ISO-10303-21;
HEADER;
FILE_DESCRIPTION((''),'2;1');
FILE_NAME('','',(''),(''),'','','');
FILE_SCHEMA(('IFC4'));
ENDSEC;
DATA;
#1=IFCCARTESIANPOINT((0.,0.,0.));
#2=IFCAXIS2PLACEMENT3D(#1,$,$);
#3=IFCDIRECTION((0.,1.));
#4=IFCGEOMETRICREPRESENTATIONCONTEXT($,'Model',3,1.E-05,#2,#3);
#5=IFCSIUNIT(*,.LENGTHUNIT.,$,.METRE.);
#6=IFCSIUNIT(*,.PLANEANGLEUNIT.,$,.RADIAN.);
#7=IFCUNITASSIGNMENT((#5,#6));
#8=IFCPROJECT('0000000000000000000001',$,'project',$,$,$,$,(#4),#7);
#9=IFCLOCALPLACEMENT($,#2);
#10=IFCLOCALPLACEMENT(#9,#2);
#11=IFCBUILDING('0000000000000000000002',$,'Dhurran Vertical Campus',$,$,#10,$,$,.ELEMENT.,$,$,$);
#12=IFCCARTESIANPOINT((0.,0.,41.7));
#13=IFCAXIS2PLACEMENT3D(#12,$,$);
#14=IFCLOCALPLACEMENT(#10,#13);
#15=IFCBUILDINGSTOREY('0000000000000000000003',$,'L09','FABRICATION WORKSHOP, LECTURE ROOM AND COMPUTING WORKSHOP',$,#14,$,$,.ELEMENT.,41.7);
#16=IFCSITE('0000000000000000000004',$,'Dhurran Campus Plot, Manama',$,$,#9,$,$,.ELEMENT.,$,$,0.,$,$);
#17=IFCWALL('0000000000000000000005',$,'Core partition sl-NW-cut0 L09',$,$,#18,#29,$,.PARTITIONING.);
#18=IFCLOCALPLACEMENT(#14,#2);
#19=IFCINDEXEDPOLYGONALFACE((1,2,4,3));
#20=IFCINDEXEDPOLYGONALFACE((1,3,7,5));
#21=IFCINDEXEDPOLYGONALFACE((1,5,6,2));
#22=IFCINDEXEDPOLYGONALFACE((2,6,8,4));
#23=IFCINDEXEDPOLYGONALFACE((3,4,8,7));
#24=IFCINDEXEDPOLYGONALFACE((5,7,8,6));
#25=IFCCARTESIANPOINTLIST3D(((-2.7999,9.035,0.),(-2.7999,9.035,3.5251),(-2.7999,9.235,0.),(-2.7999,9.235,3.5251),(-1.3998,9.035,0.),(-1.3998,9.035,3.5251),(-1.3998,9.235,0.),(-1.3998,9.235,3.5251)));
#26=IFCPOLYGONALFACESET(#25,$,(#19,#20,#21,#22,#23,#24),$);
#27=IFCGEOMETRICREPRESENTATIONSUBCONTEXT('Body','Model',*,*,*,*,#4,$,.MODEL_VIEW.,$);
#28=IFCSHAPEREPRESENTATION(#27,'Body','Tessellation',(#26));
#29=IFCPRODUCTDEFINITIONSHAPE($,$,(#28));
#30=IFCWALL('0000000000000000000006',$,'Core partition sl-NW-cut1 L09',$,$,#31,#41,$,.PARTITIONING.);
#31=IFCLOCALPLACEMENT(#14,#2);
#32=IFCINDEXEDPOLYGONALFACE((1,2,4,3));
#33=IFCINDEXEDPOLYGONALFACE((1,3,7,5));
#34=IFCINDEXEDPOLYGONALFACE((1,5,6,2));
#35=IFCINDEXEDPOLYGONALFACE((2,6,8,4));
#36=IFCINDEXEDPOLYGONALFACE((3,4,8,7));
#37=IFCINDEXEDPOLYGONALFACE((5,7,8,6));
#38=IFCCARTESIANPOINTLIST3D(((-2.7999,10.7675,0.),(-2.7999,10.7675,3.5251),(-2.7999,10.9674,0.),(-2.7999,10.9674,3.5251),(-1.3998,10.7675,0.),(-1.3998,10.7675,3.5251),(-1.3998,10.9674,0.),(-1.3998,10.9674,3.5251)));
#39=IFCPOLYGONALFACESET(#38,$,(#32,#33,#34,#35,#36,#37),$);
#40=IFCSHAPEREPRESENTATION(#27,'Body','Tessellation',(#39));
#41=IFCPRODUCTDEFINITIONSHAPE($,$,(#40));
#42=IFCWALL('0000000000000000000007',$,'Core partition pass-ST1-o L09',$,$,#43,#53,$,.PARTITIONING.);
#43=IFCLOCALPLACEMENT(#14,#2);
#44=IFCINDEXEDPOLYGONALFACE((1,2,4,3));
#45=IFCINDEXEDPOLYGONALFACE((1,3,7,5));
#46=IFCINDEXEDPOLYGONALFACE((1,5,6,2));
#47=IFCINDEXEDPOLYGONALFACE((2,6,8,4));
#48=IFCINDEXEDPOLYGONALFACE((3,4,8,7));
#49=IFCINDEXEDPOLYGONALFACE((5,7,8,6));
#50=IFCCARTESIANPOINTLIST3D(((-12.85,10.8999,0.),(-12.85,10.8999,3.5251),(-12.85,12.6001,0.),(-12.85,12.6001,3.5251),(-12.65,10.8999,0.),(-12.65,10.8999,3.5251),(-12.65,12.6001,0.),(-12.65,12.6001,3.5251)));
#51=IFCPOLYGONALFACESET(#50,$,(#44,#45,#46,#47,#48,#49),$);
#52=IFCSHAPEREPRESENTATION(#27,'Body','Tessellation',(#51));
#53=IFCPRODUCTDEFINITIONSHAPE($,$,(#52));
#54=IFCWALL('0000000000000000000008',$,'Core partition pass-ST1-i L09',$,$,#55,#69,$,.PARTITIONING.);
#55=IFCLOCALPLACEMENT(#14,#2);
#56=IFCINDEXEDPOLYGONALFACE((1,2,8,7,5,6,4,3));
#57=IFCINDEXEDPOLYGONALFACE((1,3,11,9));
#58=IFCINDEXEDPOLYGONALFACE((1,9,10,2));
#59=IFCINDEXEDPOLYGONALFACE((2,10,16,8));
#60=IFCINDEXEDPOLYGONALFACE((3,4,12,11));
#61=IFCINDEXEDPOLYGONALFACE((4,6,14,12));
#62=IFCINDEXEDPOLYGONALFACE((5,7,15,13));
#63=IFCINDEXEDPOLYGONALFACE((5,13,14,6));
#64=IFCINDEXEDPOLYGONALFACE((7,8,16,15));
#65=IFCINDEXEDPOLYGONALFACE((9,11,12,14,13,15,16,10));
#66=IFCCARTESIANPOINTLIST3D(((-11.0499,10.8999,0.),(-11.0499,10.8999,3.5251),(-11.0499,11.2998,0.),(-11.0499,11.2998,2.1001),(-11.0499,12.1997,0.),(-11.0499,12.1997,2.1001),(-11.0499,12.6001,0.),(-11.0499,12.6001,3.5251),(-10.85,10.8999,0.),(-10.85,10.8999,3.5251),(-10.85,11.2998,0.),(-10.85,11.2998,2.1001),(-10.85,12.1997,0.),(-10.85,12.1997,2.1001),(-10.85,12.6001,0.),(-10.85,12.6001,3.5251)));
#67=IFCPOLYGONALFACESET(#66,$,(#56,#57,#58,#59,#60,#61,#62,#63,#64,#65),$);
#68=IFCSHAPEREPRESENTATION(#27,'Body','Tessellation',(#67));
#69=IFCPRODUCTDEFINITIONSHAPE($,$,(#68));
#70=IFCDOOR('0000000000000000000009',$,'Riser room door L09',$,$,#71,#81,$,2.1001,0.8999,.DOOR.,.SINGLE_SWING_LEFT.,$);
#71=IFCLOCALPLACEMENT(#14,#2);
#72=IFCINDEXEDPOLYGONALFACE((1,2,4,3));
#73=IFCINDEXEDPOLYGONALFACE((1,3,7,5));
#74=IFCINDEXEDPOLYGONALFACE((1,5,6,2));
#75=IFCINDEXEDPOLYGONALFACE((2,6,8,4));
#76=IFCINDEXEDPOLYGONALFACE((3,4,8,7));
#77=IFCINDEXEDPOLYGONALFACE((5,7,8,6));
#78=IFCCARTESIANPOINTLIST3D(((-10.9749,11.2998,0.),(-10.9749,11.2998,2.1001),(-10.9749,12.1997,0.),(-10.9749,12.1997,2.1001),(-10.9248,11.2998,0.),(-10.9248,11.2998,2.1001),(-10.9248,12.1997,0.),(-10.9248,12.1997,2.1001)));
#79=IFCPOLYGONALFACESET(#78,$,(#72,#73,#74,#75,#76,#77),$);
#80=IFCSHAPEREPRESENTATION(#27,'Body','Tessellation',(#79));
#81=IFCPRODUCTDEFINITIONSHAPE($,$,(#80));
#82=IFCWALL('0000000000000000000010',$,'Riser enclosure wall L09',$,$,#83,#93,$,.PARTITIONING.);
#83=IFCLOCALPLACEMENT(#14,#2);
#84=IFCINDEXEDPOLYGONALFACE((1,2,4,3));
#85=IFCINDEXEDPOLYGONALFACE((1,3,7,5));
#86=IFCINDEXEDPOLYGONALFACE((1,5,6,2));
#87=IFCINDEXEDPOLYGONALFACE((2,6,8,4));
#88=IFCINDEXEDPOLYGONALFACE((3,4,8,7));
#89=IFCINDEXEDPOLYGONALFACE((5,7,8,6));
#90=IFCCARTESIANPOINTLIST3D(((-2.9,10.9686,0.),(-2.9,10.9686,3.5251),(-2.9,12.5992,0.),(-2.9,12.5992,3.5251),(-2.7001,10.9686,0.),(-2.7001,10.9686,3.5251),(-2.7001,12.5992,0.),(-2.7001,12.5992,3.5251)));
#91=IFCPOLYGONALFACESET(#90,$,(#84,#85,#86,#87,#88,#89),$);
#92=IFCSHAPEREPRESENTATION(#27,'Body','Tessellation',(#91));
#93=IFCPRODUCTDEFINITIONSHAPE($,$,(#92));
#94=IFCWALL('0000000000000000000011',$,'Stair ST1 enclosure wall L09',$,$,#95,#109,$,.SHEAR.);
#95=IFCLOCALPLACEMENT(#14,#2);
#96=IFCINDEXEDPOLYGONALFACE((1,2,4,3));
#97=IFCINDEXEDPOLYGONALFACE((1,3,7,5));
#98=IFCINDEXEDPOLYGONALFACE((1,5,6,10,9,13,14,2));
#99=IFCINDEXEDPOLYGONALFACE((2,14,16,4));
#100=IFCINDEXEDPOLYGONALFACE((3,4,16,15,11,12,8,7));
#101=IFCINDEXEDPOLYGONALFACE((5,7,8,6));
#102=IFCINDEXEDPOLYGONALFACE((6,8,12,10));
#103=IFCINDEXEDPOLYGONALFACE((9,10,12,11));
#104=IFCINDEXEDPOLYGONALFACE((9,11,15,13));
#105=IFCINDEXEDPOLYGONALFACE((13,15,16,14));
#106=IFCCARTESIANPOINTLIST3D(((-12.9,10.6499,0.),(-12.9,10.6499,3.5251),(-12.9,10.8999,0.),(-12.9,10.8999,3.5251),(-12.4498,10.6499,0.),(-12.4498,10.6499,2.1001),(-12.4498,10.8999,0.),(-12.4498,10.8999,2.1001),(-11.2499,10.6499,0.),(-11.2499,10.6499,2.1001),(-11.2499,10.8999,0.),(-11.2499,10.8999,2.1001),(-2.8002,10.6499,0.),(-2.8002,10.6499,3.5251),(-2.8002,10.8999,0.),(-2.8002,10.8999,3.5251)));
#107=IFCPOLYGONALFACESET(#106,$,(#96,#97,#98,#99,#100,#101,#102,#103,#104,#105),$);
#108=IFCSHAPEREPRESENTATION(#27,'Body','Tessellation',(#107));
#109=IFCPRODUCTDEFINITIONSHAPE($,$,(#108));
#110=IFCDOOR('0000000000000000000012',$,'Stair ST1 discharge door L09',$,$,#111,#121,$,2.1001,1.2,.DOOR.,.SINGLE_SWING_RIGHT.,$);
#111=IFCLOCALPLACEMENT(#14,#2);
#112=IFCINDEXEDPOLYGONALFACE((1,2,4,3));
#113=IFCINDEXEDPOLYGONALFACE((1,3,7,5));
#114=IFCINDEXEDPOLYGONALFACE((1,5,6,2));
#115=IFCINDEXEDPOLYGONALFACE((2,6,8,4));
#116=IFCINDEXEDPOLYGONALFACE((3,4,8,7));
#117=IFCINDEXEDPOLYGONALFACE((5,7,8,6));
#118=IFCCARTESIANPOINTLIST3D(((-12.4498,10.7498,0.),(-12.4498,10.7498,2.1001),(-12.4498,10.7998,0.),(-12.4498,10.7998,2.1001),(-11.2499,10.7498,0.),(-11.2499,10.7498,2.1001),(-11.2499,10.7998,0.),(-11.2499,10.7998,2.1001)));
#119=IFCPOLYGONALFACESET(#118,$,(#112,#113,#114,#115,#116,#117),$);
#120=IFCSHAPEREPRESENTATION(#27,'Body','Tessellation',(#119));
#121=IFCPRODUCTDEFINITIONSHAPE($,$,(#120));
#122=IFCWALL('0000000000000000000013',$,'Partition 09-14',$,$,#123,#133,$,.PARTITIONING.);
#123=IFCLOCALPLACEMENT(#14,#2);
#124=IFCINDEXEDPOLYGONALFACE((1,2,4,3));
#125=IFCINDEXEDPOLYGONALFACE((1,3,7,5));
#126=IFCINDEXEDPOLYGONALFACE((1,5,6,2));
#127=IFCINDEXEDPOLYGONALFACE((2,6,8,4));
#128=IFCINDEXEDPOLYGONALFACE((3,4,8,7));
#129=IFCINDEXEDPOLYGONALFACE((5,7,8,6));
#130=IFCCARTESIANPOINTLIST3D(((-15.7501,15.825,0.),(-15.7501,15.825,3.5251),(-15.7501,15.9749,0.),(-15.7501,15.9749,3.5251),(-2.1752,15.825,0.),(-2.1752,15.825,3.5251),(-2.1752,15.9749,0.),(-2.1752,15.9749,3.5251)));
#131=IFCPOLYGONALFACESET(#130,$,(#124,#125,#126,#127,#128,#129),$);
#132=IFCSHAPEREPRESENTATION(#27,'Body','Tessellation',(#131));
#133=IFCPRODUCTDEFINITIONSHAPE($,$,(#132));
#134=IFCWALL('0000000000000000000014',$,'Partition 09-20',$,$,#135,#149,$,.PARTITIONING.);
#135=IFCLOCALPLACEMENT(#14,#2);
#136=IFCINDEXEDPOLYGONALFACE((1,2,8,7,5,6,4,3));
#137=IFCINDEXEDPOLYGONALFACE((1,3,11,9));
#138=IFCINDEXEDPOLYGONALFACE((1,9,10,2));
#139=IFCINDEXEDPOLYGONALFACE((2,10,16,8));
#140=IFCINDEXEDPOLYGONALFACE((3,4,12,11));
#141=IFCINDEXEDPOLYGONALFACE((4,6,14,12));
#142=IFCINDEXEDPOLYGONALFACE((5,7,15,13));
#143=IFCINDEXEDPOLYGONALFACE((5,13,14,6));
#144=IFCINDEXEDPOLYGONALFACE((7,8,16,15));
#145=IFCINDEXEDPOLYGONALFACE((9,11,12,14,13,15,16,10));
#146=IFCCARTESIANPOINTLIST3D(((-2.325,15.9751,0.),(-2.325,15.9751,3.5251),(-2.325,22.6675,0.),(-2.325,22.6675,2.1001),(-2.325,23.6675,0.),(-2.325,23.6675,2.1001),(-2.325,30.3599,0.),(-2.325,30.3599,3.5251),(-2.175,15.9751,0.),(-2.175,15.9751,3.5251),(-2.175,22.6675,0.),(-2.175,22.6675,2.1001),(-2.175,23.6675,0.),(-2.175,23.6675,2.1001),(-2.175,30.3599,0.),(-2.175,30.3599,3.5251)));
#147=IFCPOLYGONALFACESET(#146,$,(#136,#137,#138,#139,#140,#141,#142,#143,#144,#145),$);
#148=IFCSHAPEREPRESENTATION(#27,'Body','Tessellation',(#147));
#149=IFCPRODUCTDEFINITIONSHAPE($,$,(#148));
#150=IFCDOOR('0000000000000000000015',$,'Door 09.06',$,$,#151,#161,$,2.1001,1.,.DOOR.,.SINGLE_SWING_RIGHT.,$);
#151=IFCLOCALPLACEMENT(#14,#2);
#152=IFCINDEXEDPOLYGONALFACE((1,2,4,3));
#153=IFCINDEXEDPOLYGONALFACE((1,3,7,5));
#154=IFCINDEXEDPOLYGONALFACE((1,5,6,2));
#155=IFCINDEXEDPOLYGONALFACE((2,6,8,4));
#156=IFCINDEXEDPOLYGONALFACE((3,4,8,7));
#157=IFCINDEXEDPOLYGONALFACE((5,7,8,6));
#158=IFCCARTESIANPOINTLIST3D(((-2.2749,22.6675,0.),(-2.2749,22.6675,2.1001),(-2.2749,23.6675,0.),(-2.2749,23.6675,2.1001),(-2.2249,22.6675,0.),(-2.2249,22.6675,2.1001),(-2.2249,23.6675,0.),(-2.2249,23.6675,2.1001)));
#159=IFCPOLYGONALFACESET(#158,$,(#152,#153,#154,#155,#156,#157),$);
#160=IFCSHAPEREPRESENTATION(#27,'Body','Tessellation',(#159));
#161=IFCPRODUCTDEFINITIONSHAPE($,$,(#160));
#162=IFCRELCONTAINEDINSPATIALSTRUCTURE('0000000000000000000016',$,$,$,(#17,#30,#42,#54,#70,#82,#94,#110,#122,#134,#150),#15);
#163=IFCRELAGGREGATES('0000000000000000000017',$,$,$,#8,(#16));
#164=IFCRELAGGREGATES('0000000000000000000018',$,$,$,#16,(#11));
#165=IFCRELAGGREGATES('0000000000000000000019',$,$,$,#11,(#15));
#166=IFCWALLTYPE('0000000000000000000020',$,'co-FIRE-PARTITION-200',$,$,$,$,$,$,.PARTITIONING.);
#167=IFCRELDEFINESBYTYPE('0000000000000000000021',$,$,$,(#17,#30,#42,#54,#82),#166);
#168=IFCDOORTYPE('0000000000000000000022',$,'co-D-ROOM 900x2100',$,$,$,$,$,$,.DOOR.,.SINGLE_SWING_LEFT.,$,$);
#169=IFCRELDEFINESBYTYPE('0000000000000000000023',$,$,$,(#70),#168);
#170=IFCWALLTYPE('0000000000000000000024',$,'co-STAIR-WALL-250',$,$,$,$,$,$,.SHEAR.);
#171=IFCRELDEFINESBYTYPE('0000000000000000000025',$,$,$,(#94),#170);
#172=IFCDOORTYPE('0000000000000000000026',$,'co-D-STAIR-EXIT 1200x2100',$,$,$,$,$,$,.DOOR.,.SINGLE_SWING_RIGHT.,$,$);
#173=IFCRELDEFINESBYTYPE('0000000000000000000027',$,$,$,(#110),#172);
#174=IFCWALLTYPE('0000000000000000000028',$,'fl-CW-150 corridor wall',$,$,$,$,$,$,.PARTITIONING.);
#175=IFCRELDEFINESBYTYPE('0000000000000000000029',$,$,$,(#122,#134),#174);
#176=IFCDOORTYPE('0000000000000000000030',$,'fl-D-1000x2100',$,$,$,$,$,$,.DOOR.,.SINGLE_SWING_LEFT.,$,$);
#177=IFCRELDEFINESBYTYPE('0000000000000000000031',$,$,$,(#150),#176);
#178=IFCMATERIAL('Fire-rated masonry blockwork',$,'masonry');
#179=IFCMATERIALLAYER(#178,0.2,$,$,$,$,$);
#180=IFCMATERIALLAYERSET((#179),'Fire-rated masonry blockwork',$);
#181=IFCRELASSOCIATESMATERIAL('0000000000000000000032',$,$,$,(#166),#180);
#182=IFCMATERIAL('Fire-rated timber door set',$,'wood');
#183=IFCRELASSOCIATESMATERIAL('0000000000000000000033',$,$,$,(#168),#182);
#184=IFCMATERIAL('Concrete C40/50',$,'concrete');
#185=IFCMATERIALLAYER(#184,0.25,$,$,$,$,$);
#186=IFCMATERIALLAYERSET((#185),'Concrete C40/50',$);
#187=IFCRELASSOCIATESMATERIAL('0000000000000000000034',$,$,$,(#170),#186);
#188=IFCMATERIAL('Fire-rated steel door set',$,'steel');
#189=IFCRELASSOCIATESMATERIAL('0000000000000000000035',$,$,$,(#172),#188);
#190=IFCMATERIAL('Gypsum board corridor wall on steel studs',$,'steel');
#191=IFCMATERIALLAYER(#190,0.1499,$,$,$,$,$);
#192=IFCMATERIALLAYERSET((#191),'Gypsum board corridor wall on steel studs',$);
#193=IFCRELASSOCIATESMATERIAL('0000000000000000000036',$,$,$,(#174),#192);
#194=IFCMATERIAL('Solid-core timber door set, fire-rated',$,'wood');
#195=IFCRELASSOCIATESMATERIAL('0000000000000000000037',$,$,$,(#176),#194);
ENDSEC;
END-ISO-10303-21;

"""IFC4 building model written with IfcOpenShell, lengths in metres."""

from ifc_helpers import new_model, si_unit, direction, frame, frame_2d, origin, place, context, subcontext, project, spatial, rectangle, extrude, material, layer, layer_set, type_object, element, fill, save


model = new_model("IFC4")

# Units and contexts
model_context = context("Model", 3, precision=1e-05, world=origin(), true_north=direction((0.0, 1.0)))
body_context = subcontext(model_context, "Body", "Model", "MODEL_VIEW")
ifc_project = project(units=[si_unit("LENGTHUNIT", "METRE"), si_unit("PLANEANGLEUNIT", "RADIAN")], contexts=[model_context])

# Site, building, storey
site_placement = place(None, origin())
site = spatial("IfcSite", under=ifc_project, at=site_placement, Name="Dhurran Campus Plot, Manama", CompositionType="ELEMENT", RefElevation=0.0)
building_placement = place(site_placement, origin())
building = spatial("IfcBuilding", under=site, at=building_placement, Name="Dhurran Vertical Campus", CompositionType="ELEMENT")
storey_placement = place(building_placement, frame((0.0, 0.0, 41.7)))
storey = spatial("IfcBuildingStorey", under=building, at=storey_placement, Name="L09", Description="FABRICATION WORKSHOP, LECTURE ROOM AND COMPUTING WORKSHOP", CompositionType="ELEMENT", Elevation=41.7)

# Walls
ifc_material_1 = material(Name="Fire-rated masonry blockwork", Category="masonry")
ifc_layer_1 = layer(ifc_material_1, 0.2)
ifc_layer_set_1 = layer_set([ifc_layer_1], Name="Fire-rated masonry blockwork")
wall_type_1 = type_object("IfcWallType", Name="co-FIRE-PARTITION-200", PredefinedType="PARTITIONING", material=ifc_layer_set_1)
for number, where, z_axis, x_axis, name in (
    (1, (-2.8, 9.135, 0.0), (0.0, 0.0, 1.0), (1.0, 0.0, 0.0), "Core partition sl-NW-cut0 L09"),
    (2, (-2.8, 10.8674, 0.0), (0.0, 0.0, 1.0), (1.0, 0.0, 0.0), "Core partition sl-NW-cut1 L09"),
):
    element("IfcWall", number, at=place(storey_placement, frame(where, z_axis=z_axis, x_axis=x_axis)), inside=storey, type_object=wall_type_1, Name=name, PredefinedType="PARTITIONING", context=body_context, shape_type="SweptSolid", body=[
        extrude(rectangle(XDim=1.4001, YDim=0.2, at=frame_2d((0.7002, 0.0))), origin(), (0.0, 0.0, 1.0), 3.5251),
    ])
wall_1_placement = place(storey_placement, frame((-12.75, 10.8999, 0.0), z_axis=(0.0, 0.0, 1.0), x_axis=(0.0, 1.0, 0.0)))
element("IfcWall", 3, at=wall_1_placement, inside=storey, type_object=wall_type_1, Name="Core partition pass-ST1-o L09", PredefinedType="PARTITIONING", context=body_context, shape_type="SweptSolid", body=[
    extrude(rectangle(XDim=1.7002, YDim=0.2, at=frame_2d((0.8501, 0.0))), origin(), (0.0, 0.0, 1.0), 3.5251),
])

# Wall, opening, door
wall_2_placement = place(storey_placement, frame((-10.95, 10.8999, 0.0), z_axis=(0.0, 0.0, 1.0), x_axis=(0.0, 1.0, 0.0)))
wall_2 = element("IfcWall", 4, at=wall_2_placement, inside=storey, type_object=wall_type_1, Name="Core partition pass-ST1-i L09", PredefinedType="PARTITIONING", context=body_context, shape_type="SweptSolid", body=[
    extrude(rectangle(XDim=1.7002, YDim=0.2, at=frame_2d((0.8501, 0.0))), origin(), (0.0, 0.0, 1.0), 3.5251),
])
opening_1_placement = place(wall_2_placement, frame((0.3999, 0.0, 0.0)))
opening_1 = element("IfcOpeningElement", 5, at=opening_1_placement, cuts=wall_2, PredefinedType="OPENING", context=body_context, shape_type="SweptSolid", body=[
    extrude(rectangle(XDim=0.8999, YDim=2.1001, at=frame_2d((0.45, 1.05))), frame((0.0, 0.1099, 0.0), z_axis=(0.0, -1.0, 0.0), x_axis=(1.0, 0.0, 0.0)), (0.0, 0.0, 1.0), 0.22),
])
ifc_material_2 = material(Name="Fire-rated timber door set", Category="wood")
door_type_1 = type_object("IfcDoorType", Name="co-D-ROOM 900x2100", OperationType="SINGLE_SWING_LEFT", PredefinedType="DOOR", material=ifc_material_2)
door_1_placement = place(opening_1_placement, origin())
door_1 = element("IfcDoor", 6, at=door_1_placement, inside=storey, type_object=door_type_1, Name="Riser room door L09", OperationType="SINGLE_SWING_LEFT", OverallHeight=2.1001, OverallWidth=0.8999, PredefinedType="DOOR", context=body_context, shape_type="SweptSolid", body=[
    extrude(rectangle(XDim=0.8999, YDim=2.1001, at=frame_2d((0.45, 1.05))), frame((0.0, 0.0249, 0.0), z_axis=(0.0, -1.0, 0.0), x_axis=(1.0, 0.0, 0.0)), (0.0, 0.0, 1.0), 0.05),
])
fill(opening_1, door_1)

# Wall
wall_3_placement = place(storey_placement, frame((-2.8, 10.9685, 0.0), z_axis=(0.0, 0.0, 1.0), x_axis=(0.0, 1.0, 0.0)))
element("IfcWall", 7, at=wall_3_placement, inside=storey, type_object=wall_type_1, Name="Riser enclosure wall L09", PredefinedType="PARTITIONING", context=body_context, shape_type="SweptSolid", body=[
    extrude(rectangle(XDim=1.6306, YDim=0.2, at=frame_2d((0.8154, 0.0))), origin(), (0.0, 0.0, 1.0), 3.5251),
])

# Wall, opening, door
ifc_material_3 = material(Name="Concrete C40/50", Category="concrete")
ifc_layer_2 = layer(ifc_material_3, 0.25)
ifc_layer_set_2 = layer_set([ifc_layer_2], Name="Concrete C40/50")
wall_type_2 = type_object("IfcWallType", Name="co-STAIR-WALL-250", PredefinedType="SHEAR", material=ifc_layer_set_2)
wall_4_placement = place(storey_placement, frame((-12.8999, 10.7749, 0.0), z_axis=(0.0, 0.0, 1.0), x_axis=(1.0, 0.0, 0.0)))
wall_4 = element("IfcWall", 8, at=wall_4_placement, inside=storey, type_object=wall_type_2, Name="Stair ST1 enclosure wall L09", PredefinedType="SHEAR", context=body_context, shape_type="SweptSolid", body=[
    extrude(rectangle(XDim=10.0999, YDim=0.25, at=frame_2d((5.0498, 0.0))), origin(), (0.0, 0.0, 1.0), 3.5251),
])
opening_2_placement = place(wall_4_placement, frame((0.45, 0.0, 0.0)))
opening_2 = element("IfcOpeningElement", 9, at=opening_2_placement, cuts=wall_4, PredefinedType="OPENING", context=body_context, shape_type="SweptSolid", body=[
    extrude(rectangle(XDim=1.2, YDim=2.1001, at=frame_2d((0.6001, 1.05))), frame((0.0, 0.135, 0.0), z_axis=(0.0, -1.0, 0.0), x_axis=(1.0, 0.0, 0.0)), (0.0, 0.0, 1.0), 0.27),
])
ifc_material_4 = material(Name="Fire-rated steel door set", Category="steel")
door_type_2 = type_object("IfcDoorType", Name="co-D-STAIR-EXIT 1200x2100", OperationType="SINGLE_SWING_RIGHT", PredefinedType="DOOR", material=ifc_material_4)
door_2_placement = place(opening_2_placement, origin())
door_2 = element("IfcDoor", 10, at=door_2_placement, inside=storey, type_object=door_type_2, Name="Stair ST1 discharge door L09", OperationType="SINGLE_SWING_RIGHT", OverallHeight=2.1001, OverallWidth=1.2, PredefinedType="DOOR", context=body_context, shape_type="SweptSolid", body=[
    extrude(rectangle(XDim=1.2, YDim=2.1001, at=frame_2d((0.6001, 1.05))), frame((0.0, 0.0249, 0.0), z_axis=(0.0, -1.0, 0.0), x_axis=(1.0, 0.0, 0.0)), (0.0, 0.0, 1.0), 0.05),
])
fill(opening_2, door_2)

# Wall
ifc_material_5 = material(Name="Gypsum board corridor wall on steel studs", Category="steel")
ifc_layer_3 = layer(ifc_material_5, 0.1499)
ifc_layer_set_3 = layer_set([ifc_layer_3], Name="Gypsum board corridor wall on steel studs")
wall_type_3 = type_object("IfcWallType", Name="fl-CW-150 corridor wall", PredefinedType="PARTITIONING", material=ifc_layer_set_3)
wall_5_placement = place(storey_placement, frame((-2.175, 15.8999, 0.0), z_axis=(0.0, 0.0, 1.0), x_axis=(-1.0, 0.0, 0.0)))
element("IfcWall", 11, at=wall_5_placement, inside=storey, type_object=wall_type_3, Name="Partition 09-14", PredefinedType="PARTITIONING", context=body_context, shape_type="SweptSolid", body=[
    extrude(rectangle(XDim=13.575, YDim=0.1499, at=frame_2d((6.7876, 0.0))), origin(), (0.0, 0.0, 1.0), 3.5251),
])

# Wall, opening, door
wall_6_placement = place(storey_placement, frame((-2.25, 15.9751, 0.0), z_axis=(0.0, 0.0, 1.0), x_axis=(0.0, 1.0, 0.0)))
wall_6 = element("IfcWall", 12, at=wall_6_placement, inside=storey, type_object=wall_type_3, Name="Partition 09-20", PredefinedType="PARTITIONING", context=body_context, shape_type="SweptSolid", body=[
    extrude(rectangle(XDim=14.3848, YDim=0.1499, at=frame_2d((7.1924, 0.0))), origin(), (0.0, 0.0, 1.0), 3.5251),
])
opening_3_placement = place(wall_6_placement, frame((6.6924, 0.0, 0.0)))
opening_3 = element("IfcOpeningElement", 13, at=opening_3_placement, cuts=wall_6, PredefinedType="OPENING", context=body_context, shape_type="SweptSolid", body=[
    extrude(rectangle(XDim=1.0, YDim=2.1001, at=frame_2d((0.5, 1.05))), frame((0.0, 0.085, 0.0), z_axis=(0.0, -1.0, 0.0), x_axis=(1.0, 0.0, 0.0)), (0.0, 0.0, 1.0), 0.1699),
])
ifc_material_6 = material(Name="Solid-core timber door set, fire-rated", Category="wood")
door_type_3 = type_object("IfcDoorType", Name="fl-D-1000x2100", OperationType="SINGLE_SWING_LEFT", PredefinedType="DOOR", material=ifc_material_6)
door_3_placement = place(opening_3_placement, origin())
door_3 = element("IfcDoor", 14, at=door_3_placement, inside=storey, type_object=door_type_3, Name="Door 09.06", OperationType="SINGLE_SWING_RIGHT", OverallHeight=2.1001, OverallWidth=1.0, PredefinedType="DOOR", context=body_context, shape_type="SweptSolid", body=[
    extrude(rectangle(XDim=1.0, YDim=2.1001, at=frame_2d((0.5, 1.05))), frame((0.0, 0.0249, 0.0), z_axis=(0.0, -1.0, 0.0), x_axis=(1.0, 0.0, 0.0)), (0.0, 0.0, 1.0), 0.05),
])
fill(opening_3, door_3)

save(model, "model.ifc")
